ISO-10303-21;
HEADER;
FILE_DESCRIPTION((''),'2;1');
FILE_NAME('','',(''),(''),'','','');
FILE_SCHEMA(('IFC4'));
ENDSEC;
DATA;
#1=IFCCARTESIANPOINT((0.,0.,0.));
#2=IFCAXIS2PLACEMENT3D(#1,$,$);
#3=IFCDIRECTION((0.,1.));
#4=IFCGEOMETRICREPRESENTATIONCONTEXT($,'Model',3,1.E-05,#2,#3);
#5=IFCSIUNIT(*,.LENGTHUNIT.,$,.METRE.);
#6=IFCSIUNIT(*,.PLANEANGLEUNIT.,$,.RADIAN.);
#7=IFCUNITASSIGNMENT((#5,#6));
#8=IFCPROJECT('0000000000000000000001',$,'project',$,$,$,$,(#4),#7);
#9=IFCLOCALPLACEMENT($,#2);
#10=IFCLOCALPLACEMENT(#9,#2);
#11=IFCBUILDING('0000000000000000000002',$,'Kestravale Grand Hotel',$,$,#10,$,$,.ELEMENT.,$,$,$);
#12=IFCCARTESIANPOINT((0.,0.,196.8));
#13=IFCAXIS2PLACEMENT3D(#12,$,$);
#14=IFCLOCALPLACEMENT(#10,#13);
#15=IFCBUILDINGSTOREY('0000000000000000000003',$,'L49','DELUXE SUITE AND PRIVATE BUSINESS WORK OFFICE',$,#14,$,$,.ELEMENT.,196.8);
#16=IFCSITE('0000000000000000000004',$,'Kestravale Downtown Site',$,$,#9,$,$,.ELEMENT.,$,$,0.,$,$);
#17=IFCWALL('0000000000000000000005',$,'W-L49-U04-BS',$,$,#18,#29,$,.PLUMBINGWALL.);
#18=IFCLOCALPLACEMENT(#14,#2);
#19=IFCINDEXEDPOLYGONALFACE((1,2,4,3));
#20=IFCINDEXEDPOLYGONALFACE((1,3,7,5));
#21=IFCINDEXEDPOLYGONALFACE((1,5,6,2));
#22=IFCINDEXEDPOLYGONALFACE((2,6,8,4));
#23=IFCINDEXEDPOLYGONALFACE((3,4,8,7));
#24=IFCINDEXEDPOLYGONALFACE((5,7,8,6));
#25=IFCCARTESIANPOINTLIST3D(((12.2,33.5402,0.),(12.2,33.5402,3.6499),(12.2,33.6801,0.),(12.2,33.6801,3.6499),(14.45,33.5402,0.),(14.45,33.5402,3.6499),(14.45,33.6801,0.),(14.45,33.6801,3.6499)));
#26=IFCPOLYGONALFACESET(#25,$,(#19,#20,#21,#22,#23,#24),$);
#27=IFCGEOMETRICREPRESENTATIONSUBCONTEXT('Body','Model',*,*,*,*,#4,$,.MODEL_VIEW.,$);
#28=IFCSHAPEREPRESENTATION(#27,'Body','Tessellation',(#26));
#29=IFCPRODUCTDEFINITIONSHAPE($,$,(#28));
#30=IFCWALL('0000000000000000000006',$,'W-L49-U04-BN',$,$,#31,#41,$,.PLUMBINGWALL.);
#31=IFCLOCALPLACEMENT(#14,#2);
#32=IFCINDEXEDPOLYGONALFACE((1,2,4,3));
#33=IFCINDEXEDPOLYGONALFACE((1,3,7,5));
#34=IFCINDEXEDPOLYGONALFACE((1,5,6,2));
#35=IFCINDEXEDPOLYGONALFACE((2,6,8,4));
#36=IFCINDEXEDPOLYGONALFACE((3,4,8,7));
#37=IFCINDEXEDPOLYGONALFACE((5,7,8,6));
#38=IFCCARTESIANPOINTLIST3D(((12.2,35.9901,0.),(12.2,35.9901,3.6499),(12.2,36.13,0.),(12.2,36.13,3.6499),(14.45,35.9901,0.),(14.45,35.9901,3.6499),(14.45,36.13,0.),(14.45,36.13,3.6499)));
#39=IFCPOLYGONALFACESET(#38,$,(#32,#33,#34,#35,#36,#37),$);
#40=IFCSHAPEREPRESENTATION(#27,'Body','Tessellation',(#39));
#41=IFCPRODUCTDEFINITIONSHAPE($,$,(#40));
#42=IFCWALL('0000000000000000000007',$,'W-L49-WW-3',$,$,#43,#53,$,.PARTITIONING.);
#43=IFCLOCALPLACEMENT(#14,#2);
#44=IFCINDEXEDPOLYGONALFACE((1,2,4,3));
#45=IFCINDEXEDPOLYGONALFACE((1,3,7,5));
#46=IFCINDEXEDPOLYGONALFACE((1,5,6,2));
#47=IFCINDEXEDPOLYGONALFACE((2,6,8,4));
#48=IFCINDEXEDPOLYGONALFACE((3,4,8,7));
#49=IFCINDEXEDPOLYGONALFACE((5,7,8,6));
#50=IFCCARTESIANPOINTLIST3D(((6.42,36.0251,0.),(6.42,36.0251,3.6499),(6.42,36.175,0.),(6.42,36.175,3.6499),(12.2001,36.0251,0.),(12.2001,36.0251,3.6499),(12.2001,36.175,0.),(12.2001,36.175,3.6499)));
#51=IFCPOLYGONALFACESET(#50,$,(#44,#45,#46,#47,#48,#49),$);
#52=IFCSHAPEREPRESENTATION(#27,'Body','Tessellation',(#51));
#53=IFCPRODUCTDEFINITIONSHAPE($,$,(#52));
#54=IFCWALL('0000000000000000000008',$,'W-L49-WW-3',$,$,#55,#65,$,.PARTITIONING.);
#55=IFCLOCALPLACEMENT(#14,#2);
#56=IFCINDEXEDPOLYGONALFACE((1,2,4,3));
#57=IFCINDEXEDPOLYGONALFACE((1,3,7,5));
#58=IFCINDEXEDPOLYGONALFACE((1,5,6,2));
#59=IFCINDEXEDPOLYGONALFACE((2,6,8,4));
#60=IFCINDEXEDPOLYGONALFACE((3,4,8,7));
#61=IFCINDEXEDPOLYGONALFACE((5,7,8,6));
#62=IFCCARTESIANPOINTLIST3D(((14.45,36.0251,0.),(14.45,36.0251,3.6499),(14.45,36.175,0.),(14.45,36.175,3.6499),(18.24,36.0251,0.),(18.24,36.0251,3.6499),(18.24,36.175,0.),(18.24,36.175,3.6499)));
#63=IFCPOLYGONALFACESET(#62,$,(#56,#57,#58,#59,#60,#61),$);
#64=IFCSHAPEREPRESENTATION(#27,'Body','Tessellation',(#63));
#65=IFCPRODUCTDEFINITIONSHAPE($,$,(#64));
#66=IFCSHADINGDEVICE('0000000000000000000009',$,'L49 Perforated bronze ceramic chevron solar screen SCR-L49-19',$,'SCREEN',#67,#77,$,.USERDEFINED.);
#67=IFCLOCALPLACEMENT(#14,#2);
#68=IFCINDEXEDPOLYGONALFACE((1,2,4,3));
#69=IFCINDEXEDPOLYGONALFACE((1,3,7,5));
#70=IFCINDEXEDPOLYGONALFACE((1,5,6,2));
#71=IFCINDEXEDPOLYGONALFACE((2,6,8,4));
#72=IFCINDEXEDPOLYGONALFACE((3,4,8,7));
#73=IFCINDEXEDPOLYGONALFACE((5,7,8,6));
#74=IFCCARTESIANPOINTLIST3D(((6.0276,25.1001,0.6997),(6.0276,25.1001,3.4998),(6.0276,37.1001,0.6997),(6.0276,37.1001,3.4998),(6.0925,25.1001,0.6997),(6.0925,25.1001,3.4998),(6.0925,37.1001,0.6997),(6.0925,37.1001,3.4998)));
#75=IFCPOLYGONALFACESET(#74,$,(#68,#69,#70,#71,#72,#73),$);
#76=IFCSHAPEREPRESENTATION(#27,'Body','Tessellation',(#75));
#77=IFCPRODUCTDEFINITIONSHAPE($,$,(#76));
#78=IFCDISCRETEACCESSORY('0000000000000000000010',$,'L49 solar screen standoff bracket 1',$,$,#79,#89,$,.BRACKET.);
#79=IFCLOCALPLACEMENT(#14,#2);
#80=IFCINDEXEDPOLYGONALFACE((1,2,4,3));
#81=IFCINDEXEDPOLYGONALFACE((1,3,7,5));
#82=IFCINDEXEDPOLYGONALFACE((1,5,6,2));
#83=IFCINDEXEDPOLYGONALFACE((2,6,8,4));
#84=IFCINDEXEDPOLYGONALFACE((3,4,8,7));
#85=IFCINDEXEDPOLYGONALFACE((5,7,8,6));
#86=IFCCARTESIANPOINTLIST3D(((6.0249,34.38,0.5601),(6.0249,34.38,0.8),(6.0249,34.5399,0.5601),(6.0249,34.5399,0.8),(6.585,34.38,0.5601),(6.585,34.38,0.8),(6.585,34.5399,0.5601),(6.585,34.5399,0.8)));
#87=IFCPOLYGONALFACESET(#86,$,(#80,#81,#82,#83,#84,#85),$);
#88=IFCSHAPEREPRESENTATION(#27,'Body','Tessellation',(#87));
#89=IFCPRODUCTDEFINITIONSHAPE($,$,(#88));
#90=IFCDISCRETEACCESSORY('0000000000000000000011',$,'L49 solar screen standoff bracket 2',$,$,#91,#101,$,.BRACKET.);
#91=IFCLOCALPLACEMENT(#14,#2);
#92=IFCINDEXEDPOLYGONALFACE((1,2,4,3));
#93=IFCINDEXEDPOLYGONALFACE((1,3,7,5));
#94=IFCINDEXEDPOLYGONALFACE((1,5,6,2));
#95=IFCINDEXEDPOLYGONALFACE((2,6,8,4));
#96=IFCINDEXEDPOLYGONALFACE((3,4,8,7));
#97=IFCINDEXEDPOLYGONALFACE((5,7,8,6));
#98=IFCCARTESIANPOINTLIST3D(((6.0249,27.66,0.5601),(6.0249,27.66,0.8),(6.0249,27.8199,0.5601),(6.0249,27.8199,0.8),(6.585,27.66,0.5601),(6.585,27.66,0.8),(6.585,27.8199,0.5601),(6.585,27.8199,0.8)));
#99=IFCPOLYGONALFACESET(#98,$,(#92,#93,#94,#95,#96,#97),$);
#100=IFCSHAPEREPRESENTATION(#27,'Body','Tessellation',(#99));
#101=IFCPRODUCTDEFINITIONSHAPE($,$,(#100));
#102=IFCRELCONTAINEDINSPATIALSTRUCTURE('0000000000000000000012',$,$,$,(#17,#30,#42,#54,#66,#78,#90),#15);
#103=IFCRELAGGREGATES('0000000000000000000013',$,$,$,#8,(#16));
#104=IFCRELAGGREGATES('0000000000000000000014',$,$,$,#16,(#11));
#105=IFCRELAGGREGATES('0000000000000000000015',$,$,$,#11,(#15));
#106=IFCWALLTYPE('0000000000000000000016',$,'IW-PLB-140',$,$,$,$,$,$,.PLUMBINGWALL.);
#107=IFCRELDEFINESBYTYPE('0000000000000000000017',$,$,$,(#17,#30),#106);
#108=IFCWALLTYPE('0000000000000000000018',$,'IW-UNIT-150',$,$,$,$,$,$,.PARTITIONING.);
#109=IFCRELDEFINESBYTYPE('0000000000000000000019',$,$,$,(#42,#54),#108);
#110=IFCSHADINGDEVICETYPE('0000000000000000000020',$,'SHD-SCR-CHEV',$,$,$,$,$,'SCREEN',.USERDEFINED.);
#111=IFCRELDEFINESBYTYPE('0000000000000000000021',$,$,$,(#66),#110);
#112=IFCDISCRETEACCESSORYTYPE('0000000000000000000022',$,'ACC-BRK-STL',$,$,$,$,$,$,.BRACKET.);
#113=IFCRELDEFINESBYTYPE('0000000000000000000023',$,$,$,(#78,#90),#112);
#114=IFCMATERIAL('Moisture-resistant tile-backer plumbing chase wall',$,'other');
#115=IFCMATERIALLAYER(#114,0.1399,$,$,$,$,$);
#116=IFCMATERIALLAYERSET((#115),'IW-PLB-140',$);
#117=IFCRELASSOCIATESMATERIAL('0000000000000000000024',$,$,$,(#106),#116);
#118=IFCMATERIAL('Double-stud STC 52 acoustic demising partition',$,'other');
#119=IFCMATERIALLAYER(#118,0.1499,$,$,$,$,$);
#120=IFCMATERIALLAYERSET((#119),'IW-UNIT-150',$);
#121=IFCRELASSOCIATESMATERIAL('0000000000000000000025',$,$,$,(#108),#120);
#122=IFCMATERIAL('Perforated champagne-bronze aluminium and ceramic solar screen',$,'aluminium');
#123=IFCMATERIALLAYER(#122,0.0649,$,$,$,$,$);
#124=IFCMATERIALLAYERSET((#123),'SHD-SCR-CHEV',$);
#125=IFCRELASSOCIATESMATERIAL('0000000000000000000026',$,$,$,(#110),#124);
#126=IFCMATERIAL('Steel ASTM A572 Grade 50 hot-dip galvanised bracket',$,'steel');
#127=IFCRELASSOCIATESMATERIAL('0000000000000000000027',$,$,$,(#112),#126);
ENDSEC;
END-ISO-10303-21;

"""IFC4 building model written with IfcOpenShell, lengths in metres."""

from ifc_helpers import new_model, si_unit, direction, frame, frame_2d, origin, origin_2d, place, context, subcontext, project, spatial, rectangle, extrude, material, layer, layer_set, type_object, element, save


model = new_model("IFC4")

# Units and contexts
model_context = context("Model", 3, precision=1e-05, world=origin(), true_north=direction((0.0, 1.0)))
body_context = subcontext(model_context, "Body", "Model", "MODEL_VIEW")
ifc_project = project(units=[si_unit("LENGTHUNIT", "METRE"), si_unit("PLANEANGLEUNIT", "RADIAN")], contexts=[model_context])

# Site, building, storey
site_placement = place(None, origin())
site = spatial("IfcSite", under=ifc_project, at=site_placement, Name="Kestravale Downtown Site", CompositionType="ELEMENT", RefElevation=0.0)
building_placement = place(site_placement, origin())
building = spatial("IfcBuilding", under=site, at=building_placement, Name="Kestravale Grand Hotel", CompositionType="ELEMENT")
storey_placement = place(building_placement, frame((0.0, 0.0, 196.8)))
storey = spatial("IfcBuildingStorey", under=building, at=storey_placement, Name="L49", Description="DELUXE SUITE AND PRIVATE BUSINESS WORK OFFICE", CompositionType="ELEMENT", Elevation=196.8)

# Shared definitions
ifc_material_1 = material(Name="Moisture-resistant tile-backer plumbing chase wall", Category="other")
ifc_layer_1 = layer(ifc_material_1, 0.1399)
ifc_layer_set_1 = layer_set([ifc_layer_1], Name="IW-PLB-140")
wall_type_1 = type_object("IfcWallType", Name="IW-PLB-140", PredefinedType="PLUMBINGWALL", material=ifc_layer_set_1)

# Walls
for number, where, z_axis, x_axis, name in (
    (1, (12.2, 33.6101, 0.0), (0.0, 0.0, 1.0), (1.0, 0.0, 0.0), "W-L49-U04-BS"),
    (2, (12.2, 36.0601, 0.0), (0.0, 0.0, 1.0), (1.0, 0.0, 0.0), "W-L49-U04-BN"),
):
    element("IfcWall", number, at=place(storey_placement, frame(where, z_axis=z_axis, x_axis=x_axis)), inside=storey, type_object=wall_type_1, Name=name, PredefinedType="PLUMBINGWALL", context=body_context, shape_type="SweptSolid", body=[
        extrude(rectangle(XDim=2.25, YDim=0.1399, at=frame_2d((1.125, 0.0))), origin(), (0.0, 0.0, 1.0), 3.6499),
    ])
ifc_material_2 = material(Name="Double-stud STC 52 acoustic demising partition", Category="other")
ifc_layer_2 = layer(ifc_material_2, 0.1499)
ifc_layer_set_2 = layer_set([ifc_layer_2], Name="IW-UNIT-150")
wall_type_2 = type_object("IfcWallType", Name="IW-UNIT-150", PredefinedType="PARTITIONING", material=ifc_layer_set_2)
wall_1_placement = place(storey_placement, frame((6.4199, 36.1001, 0.0), z_axis=(0.0, 0.0, 1.0), x_axis=(1.0, 0.0, 0.0)))
element("IfcWall", 3, at=wall_1_placement, inside=storey, type_object=wall_type_2, Name="W-L49-WW-3", PredefinedType="PARTITIONING", context=body_context, shape_type="SweptSolid", body=[
    extrude(rectangle(XDim=5.78, YDim=0.1499, at=frame_2d((2.8901, 0.0))), origin(), (0.0, 0.0, 1.0), 3.6499),
])
wall_2_placement = place(storey_placement, frame((14.45, 36.1001, 0.0), z_axis=(0.0, 0.0, 1.0), x_axis=(1.0, 0.0, 0.0)))
element("IfcWall", 4, at=wall_2_placement, inside=storey, type_object=wall_type_2, Name="W-L49-WW-3", PredefinedType="PARTITIONING", context=body_context, shape_type="SweptSolid", body=[
    extrude(rectangle(XDim=3.79, YDim=0.1499, at=frame_2d((1.895, 0.0))), origin(), (0.0, 0.0, 1.0), 3.6499),
])

# Shading device
ifc_material_3 = material(Name="Perforated champagne-bronze aluminium and ceramic solar screen", Category="aluminium")
ifc_layer_3 = layer(ifc_material_3, 0.0649)
ifc_layer_set_3 = layer_set([ifc_layer_3], Name="SHD-SCR-CHEV")
shading_device_type = type_object("IfcShadingDeviceType", Name="SHD-SCR-CHEV", ElementType="SCREEN", PredefinedType="USERDEFINED", material=ifc_layer_set_3)
shading_device_placement = place(storey_placement, frame((6.0601, 31.1001, 0.6997), z_axis=(0.0, 0.0, 1.0), x_axis=(0.0, -1.0, 0.0)))
element("IfcShadingDevice", 5, at=shading_device_placement, inside=storey, type_object=shading_device_type, Name="L49 Perforated bronze ceramic chevron solar screen SCR-L49-19", ObjectType="SCREEN", PredefinedType="USERDEFINED", context=body_context, shape_type="SweptSolid", body=[
    extrude(rectangle(XDim=12.0, YDim=0.0649, at=origin_2d()), origin(), (0.0, 0.0, 1.0), 2.8),
])

# Discrete accessories
ifc_material_4 = material(Name="Steel ASTM A572 Grade 50 hot-dip galvanised bracket", Category="steel")
discrete_accessory_type = type_object("IfcDiscreteAccessoryType", Name="ACC-BRK-STL", PredefinedType="BRACKET", material=ifc_material_4)
for number, where, z_axis, x_axis, name in (
    (6, (6.3049, 34.46, 0.5601), (0.0, 0.0, 1.0), (0.0, -1.0, 0.0), "L49 solar screen standoff bracket 1"),
    (7, (6.3049, 27.74, 0.5601), (0.0, 0.0, 1.0), (0.0, -1.0, 0.0), "L49 solar screen standoff bracket 2"),
):
    element("IfcDiscreteAccessory", number, at=place(storey_placement, frame(where, z_axis=z_axis, x_axis=x_axis)), inside=storey, type_object=discrete_accessory_type, Name=name, PredefinedType="BRACKET", context=body_context, shape_type="SweptSolid", body=[
        extrude(rectangle(XDim=0.1599, YDim=0.5601, at=origin_2d()), origin(), (0.0, 0.0, 1.0), 0.24),
    ])

save(model, "model.ifc")
